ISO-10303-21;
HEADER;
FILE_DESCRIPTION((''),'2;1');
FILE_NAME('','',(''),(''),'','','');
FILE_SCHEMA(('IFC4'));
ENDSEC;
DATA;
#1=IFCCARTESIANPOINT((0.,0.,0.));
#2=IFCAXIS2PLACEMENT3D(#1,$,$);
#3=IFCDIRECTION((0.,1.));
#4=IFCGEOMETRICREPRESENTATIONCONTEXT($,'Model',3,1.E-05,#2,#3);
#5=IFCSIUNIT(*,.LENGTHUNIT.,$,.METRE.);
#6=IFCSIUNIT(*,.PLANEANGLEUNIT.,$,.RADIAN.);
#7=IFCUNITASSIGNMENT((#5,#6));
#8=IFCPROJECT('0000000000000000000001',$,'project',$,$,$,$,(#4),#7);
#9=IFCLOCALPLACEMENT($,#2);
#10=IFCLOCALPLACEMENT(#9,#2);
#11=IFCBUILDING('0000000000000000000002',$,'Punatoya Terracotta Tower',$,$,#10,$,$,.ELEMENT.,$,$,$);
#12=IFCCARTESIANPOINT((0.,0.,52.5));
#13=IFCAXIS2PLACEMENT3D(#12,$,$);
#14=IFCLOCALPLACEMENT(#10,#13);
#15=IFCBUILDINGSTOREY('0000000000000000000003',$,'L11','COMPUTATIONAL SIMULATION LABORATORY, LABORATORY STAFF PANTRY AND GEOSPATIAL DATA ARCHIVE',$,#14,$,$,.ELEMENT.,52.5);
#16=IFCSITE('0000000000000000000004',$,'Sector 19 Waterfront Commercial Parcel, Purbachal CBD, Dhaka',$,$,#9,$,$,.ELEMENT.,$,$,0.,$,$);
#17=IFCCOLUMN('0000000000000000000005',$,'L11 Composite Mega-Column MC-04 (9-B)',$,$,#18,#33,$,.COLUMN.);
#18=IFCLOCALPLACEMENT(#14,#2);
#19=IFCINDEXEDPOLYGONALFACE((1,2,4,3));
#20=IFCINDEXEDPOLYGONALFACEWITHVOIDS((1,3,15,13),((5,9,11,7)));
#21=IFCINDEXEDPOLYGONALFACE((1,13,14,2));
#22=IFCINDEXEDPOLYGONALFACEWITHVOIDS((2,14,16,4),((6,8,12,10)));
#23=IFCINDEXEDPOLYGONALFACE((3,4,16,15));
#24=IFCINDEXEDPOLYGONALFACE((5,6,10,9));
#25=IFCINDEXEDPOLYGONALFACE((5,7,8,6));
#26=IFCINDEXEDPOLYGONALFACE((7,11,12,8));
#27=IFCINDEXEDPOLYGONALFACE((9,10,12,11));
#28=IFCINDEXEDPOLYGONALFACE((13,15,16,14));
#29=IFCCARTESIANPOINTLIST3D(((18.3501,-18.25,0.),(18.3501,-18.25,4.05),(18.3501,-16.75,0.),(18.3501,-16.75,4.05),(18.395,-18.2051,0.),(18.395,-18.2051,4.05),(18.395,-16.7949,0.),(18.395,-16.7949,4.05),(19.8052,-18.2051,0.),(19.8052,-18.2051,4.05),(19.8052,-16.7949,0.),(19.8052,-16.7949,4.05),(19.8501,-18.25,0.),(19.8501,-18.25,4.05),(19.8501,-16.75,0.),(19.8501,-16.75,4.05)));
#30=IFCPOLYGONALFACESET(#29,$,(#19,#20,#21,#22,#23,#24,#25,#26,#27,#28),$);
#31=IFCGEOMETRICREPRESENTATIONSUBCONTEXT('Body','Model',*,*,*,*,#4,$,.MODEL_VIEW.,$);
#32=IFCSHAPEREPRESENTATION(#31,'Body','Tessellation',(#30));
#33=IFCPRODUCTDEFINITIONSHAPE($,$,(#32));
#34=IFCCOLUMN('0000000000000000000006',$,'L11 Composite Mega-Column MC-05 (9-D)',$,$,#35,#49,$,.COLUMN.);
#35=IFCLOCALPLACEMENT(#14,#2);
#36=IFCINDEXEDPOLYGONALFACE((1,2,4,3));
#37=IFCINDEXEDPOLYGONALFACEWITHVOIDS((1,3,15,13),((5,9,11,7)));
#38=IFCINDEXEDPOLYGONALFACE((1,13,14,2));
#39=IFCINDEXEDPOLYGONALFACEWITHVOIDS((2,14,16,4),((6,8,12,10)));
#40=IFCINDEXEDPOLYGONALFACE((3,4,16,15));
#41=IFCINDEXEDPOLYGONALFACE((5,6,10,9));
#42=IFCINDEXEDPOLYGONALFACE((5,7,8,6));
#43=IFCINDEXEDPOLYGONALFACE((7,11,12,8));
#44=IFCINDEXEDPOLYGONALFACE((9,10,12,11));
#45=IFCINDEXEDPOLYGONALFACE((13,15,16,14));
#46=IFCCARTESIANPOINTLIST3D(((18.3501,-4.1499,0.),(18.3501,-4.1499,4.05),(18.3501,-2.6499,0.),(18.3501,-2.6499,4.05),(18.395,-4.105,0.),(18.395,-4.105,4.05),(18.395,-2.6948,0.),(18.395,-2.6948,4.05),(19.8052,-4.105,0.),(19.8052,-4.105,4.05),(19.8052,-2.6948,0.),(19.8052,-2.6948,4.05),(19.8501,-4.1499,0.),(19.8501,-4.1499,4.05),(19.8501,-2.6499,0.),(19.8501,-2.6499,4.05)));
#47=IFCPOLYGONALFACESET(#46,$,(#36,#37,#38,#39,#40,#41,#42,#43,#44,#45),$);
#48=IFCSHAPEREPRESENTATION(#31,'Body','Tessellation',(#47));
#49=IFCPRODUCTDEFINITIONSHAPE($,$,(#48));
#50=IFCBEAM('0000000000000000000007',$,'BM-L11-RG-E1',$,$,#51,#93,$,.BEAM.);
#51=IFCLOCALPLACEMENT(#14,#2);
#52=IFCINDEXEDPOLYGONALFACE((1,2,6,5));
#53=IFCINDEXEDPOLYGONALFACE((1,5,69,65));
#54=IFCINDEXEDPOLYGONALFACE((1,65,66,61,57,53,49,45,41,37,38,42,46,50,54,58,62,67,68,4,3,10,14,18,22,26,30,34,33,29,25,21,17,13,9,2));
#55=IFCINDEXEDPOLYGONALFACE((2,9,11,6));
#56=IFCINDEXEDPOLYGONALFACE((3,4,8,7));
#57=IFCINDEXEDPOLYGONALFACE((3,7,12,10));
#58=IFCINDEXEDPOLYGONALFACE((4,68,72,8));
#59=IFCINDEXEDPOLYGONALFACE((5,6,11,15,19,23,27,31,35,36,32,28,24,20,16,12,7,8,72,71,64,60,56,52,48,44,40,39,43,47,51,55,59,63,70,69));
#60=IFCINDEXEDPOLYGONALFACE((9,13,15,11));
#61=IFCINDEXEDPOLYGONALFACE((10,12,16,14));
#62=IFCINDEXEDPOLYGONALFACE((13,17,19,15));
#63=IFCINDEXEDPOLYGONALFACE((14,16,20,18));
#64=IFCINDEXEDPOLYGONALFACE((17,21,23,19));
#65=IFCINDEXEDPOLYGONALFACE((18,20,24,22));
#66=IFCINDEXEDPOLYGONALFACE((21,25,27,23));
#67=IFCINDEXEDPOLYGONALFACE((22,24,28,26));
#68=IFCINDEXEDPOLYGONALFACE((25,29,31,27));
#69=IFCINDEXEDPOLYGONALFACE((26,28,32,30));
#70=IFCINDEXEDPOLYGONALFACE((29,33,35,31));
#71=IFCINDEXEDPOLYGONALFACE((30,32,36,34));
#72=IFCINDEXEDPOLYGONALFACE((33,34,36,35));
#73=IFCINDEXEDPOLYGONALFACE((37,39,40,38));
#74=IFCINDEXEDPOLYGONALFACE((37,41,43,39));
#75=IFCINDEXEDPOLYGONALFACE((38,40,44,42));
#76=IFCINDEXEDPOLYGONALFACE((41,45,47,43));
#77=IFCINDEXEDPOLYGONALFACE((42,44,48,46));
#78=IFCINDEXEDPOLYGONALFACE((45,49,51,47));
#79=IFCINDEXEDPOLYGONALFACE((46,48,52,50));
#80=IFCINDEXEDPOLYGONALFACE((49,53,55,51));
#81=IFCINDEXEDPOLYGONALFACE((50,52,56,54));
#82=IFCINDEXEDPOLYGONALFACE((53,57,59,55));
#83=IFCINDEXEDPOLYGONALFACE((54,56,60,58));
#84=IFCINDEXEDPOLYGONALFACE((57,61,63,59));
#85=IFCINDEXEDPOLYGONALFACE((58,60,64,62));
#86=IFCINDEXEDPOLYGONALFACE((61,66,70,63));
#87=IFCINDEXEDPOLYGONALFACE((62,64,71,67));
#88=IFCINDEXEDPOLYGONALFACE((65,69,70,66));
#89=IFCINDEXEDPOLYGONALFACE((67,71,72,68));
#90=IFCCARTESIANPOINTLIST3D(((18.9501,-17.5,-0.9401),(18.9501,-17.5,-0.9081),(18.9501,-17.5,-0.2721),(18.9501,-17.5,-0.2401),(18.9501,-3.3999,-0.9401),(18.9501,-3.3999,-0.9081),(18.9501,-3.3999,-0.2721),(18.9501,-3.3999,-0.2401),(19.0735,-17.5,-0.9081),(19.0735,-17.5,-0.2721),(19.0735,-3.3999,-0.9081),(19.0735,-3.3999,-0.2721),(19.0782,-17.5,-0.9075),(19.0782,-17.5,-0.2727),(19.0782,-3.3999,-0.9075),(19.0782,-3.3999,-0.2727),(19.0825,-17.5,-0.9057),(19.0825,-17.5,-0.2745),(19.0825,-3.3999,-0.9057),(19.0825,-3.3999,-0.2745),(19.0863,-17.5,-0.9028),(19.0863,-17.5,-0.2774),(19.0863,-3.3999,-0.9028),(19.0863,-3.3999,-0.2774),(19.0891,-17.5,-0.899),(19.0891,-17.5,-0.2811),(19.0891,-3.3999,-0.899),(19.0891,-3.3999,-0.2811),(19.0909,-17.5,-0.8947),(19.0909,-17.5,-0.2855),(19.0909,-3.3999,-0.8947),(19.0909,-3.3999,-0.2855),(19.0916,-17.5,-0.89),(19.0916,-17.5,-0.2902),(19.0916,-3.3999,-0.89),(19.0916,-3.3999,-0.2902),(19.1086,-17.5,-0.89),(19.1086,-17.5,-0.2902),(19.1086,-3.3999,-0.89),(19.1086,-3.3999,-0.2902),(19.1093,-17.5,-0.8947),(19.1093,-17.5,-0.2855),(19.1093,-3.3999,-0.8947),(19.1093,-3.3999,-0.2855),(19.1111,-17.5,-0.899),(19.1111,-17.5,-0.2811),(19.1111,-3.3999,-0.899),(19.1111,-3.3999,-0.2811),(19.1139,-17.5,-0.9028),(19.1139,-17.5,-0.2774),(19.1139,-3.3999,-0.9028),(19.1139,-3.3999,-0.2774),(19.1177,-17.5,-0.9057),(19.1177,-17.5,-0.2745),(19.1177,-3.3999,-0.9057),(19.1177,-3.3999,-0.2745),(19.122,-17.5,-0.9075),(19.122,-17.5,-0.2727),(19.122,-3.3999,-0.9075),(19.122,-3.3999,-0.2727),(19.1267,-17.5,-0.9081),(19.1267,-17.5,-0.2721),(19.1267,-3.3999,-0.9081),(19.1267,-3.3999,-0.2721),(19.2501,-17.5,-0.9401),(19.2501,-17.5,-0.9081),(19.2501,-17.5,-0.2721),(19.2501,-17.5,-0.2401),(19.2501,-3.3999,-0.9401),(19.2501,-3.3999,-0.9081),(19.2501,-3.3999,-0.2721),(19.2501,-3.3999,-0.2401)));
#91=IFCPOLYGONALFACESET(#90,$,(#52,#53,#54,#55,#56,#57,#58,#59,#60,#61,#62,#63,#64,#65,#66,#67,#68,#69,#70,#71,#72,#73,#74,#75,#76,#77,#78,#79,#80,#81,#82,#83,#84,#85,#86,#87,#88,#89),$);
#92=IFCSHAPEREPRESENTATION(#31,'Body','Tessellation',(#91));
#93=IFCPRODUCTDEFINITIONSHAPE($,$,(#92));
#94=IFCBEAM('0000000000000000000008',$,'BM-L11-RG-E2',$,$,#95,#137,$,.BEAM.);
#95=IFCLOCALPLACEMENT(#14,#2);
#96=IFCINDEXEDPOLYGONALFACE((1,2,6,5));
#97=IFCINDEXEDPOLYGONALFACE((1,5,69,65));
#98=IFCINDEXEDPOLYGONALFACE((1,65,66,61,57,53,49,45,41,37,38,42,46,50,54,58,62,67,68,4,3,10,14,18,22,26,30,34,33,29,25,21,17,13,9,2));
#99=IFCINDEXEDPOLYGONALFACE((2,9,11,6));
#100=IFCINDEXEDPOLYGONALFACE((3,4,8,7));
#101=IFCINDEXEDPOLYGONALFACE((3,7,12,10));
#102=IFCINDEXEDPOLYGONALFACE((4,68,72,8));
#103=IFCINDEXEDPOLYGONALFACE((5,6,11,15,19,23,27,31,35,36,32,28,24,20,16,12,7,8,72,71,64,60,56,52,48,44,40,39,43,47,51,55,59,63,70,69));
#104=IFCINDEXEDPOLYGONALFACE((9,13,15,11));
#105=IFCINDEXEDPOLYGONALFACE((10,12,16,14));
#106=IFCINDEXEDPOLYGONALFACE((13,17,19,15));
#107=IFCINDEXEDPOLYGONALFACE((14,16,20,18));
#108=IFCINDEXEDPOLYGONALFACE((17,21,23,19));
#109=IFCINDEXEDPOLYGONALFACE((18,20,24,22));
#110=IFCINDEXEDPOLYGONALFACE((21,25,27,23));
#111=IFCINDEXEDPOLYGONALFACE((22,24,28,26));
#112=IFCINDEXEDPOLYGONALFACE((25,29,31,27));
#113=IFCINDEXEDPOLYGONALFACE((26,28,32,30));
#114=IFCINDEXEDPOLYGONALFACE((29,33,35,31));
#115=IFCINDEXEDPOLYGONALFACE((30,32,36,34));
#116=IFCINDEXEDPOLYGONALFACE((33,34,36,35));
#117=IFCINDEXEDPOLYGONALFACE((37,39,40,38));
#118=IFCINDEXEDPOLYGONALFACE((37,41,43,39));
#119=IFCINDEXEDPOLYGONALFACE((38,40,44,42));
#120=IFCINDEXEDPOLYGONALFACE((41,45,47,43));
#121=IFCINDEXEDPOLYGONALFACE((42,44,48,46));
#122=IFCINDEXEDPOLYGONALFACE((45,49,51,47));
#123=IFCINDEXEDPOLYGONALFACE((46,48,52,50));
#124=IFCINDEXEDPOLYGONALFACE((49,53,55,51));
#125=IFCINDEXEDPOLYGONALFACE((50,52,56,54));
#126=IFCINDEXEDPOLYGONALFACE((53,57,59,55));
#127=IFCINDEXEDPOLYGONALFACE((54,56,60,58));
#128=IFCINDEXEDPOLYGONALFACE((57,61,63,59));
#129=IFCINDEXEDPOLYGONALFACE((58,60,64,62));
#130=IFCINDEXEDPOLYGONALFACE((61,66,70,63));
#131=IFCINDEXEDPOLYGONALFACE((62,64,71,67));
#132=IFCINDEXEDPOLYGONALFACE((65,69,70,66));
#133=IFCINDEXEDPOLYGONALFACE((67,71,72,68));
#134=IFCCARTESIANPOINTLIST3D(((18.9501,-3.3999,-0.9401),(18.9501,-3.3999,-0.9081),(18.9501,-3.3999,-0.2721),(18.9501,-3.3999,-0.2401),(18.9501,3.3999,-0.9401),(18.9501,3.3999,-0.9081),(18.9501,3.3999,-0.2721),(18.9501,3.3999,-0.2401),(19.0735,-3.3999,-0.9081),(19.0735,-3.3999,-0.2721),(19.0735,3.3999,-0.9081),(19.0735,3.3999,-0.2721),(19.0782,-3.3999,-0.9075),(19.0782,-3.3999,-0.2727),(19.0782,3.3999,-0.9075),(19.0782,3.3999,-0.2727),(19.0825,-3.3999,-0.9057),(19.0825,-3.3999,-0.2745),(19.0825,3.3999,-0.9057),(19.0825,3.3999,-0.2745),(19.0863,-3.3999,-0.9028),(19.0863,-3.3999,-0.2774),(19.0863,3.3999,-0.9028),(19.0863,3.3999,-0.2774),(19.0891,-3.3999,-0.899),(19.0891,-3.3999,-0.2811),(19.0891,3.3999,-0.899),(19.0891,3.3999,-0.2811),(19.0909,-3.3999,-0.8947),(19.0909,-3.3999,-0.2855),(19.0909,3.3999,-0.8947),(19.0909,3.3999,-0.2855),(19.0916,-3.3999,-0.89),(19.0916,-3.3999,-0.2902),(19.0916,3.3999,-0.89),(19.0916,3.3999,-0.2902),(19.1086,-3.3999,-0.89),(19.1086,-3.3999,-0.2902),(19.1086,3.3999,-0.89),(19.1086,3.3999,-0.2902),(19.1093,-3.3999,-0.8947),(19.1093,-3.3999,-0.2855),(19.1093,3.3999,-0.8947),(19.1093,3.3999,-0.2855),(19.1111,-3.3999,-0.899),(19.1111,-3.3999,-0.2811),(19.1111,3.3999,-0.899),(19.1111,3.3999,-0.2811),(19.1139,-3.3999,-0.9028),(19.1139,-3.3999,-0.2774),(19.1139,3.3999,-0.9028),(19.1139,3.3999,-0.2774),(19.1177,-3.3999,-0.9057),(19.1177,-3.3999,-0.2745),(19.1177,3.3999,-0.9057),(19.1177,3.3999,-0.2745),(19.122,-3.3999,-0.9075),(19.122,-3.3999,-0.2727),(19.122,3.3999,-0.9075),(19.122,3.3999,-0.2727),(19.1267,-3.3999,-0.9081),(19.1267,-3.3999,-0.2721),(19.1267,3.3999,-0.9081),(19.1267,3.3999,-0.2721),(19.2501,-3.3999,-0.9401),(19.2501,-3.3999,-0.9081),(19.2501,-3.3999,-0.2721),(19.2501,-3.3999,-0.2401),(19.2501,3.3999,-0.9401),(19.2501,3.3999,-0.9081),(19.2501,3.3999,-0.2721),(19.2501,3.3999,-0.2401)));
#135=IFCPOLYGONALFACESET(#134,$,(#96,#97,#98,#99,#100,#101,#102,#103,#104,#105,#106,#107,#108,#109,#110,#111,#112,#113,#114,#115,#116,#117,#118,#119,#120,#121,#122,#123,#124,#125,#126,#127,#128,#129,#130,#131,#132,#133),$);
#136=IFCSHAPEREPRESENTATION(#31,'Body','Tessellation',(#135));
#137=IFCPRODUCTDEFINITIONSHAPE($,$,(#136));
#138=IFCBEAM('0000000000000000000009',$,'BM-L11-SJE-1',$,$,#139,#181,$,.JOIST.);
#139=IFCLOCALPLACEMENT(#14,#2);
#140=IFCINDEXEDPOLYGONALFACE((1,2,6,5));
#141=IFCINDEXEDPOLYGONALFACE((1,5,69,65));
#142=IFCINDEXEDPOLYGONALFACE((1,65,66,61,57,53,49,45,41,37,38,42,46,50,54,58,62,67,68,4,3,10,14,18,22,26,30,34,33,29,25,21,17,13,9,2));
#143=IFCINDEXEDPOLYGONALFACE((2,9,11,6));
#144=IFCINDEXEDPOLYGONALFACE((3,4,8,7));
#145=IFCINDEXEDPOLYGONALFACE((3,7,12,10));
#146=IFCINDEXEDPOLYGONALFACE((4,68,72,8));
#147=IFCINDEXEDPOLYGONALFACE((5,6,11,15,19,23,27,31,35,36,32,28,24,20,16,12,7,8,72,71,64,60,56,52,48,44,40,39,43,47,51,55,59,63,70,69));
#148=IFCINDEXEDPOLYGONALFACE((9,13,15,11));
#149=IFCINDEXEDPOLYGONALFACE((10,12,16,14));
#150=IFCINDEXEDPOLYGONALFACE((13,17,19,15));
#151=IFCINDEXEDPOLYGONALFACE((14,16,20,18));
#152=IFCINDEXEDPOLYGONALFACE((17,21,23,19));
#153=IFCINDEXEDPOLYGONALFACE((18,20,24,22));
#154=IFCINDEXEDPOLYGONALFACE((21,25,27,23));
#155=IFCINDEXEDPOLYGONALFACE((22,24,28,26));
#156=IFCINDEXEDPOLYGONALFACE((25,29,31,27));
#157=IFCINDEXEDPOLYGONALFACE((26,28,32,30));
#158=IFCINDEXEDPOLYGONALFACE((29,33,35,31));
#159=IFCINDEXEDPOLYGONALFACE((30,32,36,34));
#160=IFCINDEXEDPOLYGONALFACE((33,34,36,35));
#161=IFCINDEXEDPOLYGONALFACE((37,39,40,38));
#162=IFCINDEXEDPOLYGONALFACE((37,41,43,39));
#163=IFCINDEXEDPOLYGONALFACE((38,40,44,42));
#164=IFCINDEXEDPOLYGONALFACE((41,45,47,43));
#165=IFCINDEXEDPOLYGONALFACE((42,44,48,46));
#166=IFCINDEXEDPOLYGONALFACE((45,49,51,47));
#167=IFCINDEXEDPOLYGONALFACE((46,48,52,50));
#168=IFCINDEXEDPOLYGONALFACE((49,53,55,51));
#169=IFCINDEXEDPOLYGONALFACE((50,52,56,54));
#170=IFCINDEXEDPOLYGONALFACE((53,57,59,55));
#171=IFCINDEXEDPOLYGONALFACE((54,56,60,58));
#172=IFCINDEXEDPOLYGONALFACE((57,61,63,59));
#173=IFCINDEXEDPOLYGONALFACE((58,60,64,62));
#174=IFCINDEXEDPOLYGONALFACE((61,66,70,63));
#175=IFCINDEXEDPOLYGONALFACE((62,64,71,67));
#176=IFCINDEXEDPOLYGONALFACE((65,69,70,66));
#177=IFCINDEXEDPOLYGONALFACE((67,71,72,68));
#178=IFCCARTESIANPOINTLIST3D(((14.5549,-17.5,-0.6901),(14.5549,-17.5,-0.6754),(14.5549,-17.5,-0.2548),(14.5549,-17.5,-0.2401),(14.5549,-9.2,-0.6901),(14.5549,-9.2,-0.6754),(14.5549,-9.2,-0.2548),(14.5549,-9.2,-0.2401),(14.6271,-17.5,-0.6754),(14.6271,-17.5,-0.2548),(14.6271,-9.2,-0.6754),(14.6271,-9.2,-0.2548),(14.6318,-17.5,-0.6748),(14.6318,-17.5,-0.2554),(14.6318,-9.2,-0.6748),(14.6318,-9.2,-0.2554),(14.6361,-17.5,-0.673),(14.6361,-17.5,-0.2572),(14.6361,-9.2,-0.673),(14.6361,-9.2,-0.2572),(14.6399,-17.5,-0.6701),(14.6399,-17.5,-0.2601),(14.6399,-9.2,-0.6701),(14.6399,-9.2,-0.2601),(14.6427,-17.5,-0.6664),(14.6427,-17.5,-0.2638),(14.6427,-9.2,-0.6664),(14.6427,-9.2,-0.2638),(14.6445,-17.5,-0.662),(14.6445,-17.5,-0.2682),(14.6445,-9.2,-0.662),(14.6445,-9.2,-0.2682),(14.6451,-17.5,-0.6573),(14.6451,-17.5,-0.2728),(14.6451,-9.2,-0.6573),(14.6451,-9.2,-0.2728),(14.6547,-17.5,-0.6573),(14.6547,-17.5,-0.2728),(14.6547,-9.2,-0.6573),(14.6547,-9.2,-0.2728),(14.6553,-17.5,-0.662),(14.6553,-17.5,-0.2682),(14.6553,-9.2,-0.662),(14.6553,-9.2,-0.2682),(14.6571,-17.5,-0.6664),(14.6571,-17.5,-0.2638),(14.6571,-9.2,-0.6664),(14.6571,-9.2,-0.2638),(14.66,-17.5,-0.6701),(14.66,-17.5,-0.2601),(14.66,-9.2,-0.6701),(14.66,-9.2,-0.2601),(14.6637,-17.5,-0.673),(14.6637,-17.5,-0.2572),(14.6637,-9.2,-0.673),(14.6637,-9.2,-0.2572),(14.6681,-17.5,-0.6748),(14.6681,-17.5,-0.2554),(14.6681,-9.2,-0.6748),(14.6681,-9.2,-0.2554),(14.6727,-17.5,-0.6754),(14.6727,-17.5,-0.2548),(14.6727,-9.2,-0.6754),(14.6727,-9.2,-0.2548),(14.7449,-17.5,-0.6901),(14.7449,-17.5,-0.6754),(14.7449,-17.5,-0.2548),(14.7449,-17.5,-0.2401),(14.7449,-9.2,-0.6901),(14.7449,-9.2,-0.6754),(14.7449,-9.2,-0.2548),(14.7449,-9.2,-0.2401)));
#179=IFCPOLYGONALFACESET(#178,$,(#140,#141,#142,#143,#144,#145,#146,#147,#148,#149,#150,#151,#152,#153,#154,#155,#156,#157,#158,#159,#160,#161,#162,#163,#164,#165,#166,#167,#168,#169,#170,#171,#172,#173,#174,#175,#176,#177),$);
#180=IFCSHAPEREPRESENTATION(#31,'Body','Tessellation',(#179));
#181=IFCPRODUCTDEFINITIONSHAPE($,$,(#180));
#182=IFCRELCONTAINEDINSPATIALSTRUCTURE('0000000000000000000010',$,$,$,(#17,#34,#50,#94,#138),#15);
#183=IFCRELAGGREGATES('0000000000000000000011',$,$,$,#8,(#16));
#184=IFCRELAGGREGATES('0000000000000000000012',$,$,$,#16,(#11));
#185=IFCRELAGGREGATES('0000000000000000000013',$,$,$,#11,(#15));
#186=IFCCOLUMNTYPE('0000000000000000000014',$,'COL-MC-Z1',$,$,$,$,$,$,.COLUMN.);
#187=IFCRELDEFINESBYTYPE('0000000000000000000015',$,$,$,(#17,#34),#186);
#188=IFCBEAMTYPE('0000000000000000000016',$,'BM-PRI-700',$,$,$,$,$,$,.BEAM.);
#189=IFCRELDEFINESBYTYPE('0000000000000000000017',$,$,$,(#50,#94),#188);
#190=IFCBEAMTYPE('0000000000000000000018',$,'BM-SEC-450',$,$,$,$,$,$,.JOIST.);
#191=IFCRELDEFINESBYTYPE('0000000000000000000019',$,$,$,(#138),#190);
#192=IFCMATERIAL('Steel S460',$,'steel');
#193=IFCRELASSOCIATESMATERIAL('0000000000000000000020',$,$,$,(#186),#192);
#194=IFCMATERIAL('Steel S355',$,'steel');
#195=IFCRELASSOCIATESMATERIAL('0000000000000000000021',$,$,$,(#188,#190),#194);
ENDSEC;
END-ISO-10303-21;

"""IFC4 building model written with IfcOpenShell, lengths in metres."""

from ifc_helpers import new_model, si_unit, direction, frame, origin, origin_2d, place, context, subcontext, project, spatial, hollow_rectangle, i_section, extrude, material, material_profile, profile_set, type_object, element, save


model = new_model("IFC4")

# Units and contexts
model_context = context("Model", 3, precision=1e-05, world=origin(), true_north=direction((0.0, 1.0)))
body_context = subcontext(model_context, "Body", "Model", "MODEL_VIEW")
ifc_project = project(units=[si_unit("LENGTHUNIT", "METRE"), si_unit("PLANEANGLEUNIT", "RADIAN")], contexts=[model_context])

# Site, building, storey
site_placement = place(None, origin())
site = spatial("IfcSite", under=ifc_project, at=site_placement, Name="Sector 19 Waterfront Commercial Parcel, Purbachal CBD, Dhaka", CompositionType="ELEMENT", RefElevation=0.0)
building_placement = place(site_placement, origin())
building = spatial("IfcBuilding", under=site, at=building_placement, Name="Punatoya Terracotta Tower", CompositionType="ELEMENT")
storey_placement = place(building_placement, frame((0.0, 0.0, 52.5)))
storey = spatial("IfcBuildingStorey", under=building, at=storey_placement, Name="L11", Description="COMPUTATIONAL SIMULATION LABORATORY, LABORATORY STAFF PANTRY AND GEOSPATIAL DATA ARCHIVE", CompositionType="ELEMENT", Elevation=52.5)

# Columns
ifc_material_1 = material(Name="Steel S460", Category="steel")
ifc_material_profile_1 = material_profile(ifc_material_1, hollow_rectangle(XDim=1.5, YDim=1.5, WallThickness=0.0449, at=origin_2d()))
ifc_profile_set_1 = profile_set([ifc_material_profile_1], Name="Steel S460")
column_type = type_object("IfcColumnType", Name="COL-MC-Z1", PredefinedType="COLUMN", material=ifc_profile_set_1)
for number, where, z_axis, x_axis, name in (
    (1, (19.1001, -17.5, 0.0), (0.0, 0.0, 1.0), (1.0, 0.0, 0.0), "L11 Composite Mega-Column MC-04 (9-B)"),
    (2, (19.1001, -3.3999, 0.0), (0.0, 0.0, 1.0), (1.0, 0.0, 0.0), "L11 Composite Mega-Column MC-05 (9-D)"),
):
    element("IfcColumn", number, at=place(storey_placement, frame(where, z_axis=z_axis, x_axis=x_axis)), inside=storey, type_object=column_type, Name=name, PredefinedType="COLUMN", context=body_context, shape_type="SweptSolid", body=[
        extrude(hollow_rectangle(XDim=1.5, YDim=1.5, WallThickness=0.0449, at=origin_2d()), origin(), (0.0, 0.0, 1.0), 4.05),
    ])

# Beams
ifc_material_2 = material(Name="Steel S355", Category="steel")
ifc_material_profile_2 = material_profile(ifc_material_2, i_section(OverallWidth=0.3, OverallDepth=0.7, WebThickness=0.0171, FlangeThickness=0.032, FilletRadius=0.0181, at=origin_2d()))
ifc_profile_set_2 = profile_set([ifc_material_profile_2], Name="Steel S355")
beam_type_1 = type_object("IfcBeamType", Name="BM-PRI-700", PredefinedType="BEAM", material=ifc_profile_set_2)
beam_1_placement = place(storey_placement, frame((19.1001, -17.5, -0.5901), z_axis=(0.0, 1.0, 0.0), x_axis=(-1.0, 0.0, 0.0)))
element("IfcBeam", 3, at=beam_1_placement, inside=storey, type_object=beam_type_1, Name="BM-L11-RG-E1", PredefinedType="BEAM", context=body_context, shape_type="SweptSolid", body=[
    extrude(i_section(OverallWidth=0.3, OverallDepth=0.7, WebThickness=0.0171, FlangeThickness=0.032, FilletRadius=0.0181, at=origin_2d()), origin(), (0.0, 0.0, 1.0), 14.1001),
])
beam_2_placement = place(storey_placement, frame((19.1001, -3.3999, -0.5901), z_axis=(0.0, 1.0, 0.0), x_axis=(-1.0, 0.0, 0.0)))
element("IfcBeam", 4, at=beam_2_placement, inside=storey, type_object=beam_type_1, Name="BM-L11-RG-E2", PredefinedType="BEAM", context=body_context, shape_type="SweptSolid", body=[
    extrude(i_section(OverallWidth=0.3, OverallDepth=0.7, WebThickness=0.0171, FlangeThickness=0.032, FilletRadius=0.0181, at=origin_2d()), origin(), (0.0, 0.0, 1.0), 6.7998),
])
ifc_material_profile_3 = material_profile(ifc_material_2, i_section(OverallWidth=0.1899, OverallDepth=0.45, WebThickness=0.0095, FlangeThickness=0.0146, FilletRadius=0.0181, at=origin_2d()))
ifc_profile_set_3 = profile_set([ifc_material_profile_3], Name="Steel S355")
beam_type_2 = type_object("IfcBeamType", Name="BM-SEC-450", PredefinedType="JOIST", material=ifc_profile_set_3)
beam_3_placement = place(storey_placement, frame((14.6499, -17.5, -0.4651), z_axis=(0.0, 1.0, 0.0), x_axis=(-1.0, 0.0, 0.0)))
element("IfcBeam", 5, at=beam_3_placement, inside=storey, type_object=beam_type_2, Name="BM-L11-SJE-1", PredefinedType="JOIST", context=body_context, shape_type="SweptSolid", body=[
    extrude(i_section(OverallWidth=0.1899, OverallDepth=0.45, WebThickness=0.0095, FlangeThickness=0.0146, FilletRadius=0.0181, at=origin_2d()), origin(), (0.0, 0.0, 1.0), 8.3),
])

save(model, "model.ifc")
